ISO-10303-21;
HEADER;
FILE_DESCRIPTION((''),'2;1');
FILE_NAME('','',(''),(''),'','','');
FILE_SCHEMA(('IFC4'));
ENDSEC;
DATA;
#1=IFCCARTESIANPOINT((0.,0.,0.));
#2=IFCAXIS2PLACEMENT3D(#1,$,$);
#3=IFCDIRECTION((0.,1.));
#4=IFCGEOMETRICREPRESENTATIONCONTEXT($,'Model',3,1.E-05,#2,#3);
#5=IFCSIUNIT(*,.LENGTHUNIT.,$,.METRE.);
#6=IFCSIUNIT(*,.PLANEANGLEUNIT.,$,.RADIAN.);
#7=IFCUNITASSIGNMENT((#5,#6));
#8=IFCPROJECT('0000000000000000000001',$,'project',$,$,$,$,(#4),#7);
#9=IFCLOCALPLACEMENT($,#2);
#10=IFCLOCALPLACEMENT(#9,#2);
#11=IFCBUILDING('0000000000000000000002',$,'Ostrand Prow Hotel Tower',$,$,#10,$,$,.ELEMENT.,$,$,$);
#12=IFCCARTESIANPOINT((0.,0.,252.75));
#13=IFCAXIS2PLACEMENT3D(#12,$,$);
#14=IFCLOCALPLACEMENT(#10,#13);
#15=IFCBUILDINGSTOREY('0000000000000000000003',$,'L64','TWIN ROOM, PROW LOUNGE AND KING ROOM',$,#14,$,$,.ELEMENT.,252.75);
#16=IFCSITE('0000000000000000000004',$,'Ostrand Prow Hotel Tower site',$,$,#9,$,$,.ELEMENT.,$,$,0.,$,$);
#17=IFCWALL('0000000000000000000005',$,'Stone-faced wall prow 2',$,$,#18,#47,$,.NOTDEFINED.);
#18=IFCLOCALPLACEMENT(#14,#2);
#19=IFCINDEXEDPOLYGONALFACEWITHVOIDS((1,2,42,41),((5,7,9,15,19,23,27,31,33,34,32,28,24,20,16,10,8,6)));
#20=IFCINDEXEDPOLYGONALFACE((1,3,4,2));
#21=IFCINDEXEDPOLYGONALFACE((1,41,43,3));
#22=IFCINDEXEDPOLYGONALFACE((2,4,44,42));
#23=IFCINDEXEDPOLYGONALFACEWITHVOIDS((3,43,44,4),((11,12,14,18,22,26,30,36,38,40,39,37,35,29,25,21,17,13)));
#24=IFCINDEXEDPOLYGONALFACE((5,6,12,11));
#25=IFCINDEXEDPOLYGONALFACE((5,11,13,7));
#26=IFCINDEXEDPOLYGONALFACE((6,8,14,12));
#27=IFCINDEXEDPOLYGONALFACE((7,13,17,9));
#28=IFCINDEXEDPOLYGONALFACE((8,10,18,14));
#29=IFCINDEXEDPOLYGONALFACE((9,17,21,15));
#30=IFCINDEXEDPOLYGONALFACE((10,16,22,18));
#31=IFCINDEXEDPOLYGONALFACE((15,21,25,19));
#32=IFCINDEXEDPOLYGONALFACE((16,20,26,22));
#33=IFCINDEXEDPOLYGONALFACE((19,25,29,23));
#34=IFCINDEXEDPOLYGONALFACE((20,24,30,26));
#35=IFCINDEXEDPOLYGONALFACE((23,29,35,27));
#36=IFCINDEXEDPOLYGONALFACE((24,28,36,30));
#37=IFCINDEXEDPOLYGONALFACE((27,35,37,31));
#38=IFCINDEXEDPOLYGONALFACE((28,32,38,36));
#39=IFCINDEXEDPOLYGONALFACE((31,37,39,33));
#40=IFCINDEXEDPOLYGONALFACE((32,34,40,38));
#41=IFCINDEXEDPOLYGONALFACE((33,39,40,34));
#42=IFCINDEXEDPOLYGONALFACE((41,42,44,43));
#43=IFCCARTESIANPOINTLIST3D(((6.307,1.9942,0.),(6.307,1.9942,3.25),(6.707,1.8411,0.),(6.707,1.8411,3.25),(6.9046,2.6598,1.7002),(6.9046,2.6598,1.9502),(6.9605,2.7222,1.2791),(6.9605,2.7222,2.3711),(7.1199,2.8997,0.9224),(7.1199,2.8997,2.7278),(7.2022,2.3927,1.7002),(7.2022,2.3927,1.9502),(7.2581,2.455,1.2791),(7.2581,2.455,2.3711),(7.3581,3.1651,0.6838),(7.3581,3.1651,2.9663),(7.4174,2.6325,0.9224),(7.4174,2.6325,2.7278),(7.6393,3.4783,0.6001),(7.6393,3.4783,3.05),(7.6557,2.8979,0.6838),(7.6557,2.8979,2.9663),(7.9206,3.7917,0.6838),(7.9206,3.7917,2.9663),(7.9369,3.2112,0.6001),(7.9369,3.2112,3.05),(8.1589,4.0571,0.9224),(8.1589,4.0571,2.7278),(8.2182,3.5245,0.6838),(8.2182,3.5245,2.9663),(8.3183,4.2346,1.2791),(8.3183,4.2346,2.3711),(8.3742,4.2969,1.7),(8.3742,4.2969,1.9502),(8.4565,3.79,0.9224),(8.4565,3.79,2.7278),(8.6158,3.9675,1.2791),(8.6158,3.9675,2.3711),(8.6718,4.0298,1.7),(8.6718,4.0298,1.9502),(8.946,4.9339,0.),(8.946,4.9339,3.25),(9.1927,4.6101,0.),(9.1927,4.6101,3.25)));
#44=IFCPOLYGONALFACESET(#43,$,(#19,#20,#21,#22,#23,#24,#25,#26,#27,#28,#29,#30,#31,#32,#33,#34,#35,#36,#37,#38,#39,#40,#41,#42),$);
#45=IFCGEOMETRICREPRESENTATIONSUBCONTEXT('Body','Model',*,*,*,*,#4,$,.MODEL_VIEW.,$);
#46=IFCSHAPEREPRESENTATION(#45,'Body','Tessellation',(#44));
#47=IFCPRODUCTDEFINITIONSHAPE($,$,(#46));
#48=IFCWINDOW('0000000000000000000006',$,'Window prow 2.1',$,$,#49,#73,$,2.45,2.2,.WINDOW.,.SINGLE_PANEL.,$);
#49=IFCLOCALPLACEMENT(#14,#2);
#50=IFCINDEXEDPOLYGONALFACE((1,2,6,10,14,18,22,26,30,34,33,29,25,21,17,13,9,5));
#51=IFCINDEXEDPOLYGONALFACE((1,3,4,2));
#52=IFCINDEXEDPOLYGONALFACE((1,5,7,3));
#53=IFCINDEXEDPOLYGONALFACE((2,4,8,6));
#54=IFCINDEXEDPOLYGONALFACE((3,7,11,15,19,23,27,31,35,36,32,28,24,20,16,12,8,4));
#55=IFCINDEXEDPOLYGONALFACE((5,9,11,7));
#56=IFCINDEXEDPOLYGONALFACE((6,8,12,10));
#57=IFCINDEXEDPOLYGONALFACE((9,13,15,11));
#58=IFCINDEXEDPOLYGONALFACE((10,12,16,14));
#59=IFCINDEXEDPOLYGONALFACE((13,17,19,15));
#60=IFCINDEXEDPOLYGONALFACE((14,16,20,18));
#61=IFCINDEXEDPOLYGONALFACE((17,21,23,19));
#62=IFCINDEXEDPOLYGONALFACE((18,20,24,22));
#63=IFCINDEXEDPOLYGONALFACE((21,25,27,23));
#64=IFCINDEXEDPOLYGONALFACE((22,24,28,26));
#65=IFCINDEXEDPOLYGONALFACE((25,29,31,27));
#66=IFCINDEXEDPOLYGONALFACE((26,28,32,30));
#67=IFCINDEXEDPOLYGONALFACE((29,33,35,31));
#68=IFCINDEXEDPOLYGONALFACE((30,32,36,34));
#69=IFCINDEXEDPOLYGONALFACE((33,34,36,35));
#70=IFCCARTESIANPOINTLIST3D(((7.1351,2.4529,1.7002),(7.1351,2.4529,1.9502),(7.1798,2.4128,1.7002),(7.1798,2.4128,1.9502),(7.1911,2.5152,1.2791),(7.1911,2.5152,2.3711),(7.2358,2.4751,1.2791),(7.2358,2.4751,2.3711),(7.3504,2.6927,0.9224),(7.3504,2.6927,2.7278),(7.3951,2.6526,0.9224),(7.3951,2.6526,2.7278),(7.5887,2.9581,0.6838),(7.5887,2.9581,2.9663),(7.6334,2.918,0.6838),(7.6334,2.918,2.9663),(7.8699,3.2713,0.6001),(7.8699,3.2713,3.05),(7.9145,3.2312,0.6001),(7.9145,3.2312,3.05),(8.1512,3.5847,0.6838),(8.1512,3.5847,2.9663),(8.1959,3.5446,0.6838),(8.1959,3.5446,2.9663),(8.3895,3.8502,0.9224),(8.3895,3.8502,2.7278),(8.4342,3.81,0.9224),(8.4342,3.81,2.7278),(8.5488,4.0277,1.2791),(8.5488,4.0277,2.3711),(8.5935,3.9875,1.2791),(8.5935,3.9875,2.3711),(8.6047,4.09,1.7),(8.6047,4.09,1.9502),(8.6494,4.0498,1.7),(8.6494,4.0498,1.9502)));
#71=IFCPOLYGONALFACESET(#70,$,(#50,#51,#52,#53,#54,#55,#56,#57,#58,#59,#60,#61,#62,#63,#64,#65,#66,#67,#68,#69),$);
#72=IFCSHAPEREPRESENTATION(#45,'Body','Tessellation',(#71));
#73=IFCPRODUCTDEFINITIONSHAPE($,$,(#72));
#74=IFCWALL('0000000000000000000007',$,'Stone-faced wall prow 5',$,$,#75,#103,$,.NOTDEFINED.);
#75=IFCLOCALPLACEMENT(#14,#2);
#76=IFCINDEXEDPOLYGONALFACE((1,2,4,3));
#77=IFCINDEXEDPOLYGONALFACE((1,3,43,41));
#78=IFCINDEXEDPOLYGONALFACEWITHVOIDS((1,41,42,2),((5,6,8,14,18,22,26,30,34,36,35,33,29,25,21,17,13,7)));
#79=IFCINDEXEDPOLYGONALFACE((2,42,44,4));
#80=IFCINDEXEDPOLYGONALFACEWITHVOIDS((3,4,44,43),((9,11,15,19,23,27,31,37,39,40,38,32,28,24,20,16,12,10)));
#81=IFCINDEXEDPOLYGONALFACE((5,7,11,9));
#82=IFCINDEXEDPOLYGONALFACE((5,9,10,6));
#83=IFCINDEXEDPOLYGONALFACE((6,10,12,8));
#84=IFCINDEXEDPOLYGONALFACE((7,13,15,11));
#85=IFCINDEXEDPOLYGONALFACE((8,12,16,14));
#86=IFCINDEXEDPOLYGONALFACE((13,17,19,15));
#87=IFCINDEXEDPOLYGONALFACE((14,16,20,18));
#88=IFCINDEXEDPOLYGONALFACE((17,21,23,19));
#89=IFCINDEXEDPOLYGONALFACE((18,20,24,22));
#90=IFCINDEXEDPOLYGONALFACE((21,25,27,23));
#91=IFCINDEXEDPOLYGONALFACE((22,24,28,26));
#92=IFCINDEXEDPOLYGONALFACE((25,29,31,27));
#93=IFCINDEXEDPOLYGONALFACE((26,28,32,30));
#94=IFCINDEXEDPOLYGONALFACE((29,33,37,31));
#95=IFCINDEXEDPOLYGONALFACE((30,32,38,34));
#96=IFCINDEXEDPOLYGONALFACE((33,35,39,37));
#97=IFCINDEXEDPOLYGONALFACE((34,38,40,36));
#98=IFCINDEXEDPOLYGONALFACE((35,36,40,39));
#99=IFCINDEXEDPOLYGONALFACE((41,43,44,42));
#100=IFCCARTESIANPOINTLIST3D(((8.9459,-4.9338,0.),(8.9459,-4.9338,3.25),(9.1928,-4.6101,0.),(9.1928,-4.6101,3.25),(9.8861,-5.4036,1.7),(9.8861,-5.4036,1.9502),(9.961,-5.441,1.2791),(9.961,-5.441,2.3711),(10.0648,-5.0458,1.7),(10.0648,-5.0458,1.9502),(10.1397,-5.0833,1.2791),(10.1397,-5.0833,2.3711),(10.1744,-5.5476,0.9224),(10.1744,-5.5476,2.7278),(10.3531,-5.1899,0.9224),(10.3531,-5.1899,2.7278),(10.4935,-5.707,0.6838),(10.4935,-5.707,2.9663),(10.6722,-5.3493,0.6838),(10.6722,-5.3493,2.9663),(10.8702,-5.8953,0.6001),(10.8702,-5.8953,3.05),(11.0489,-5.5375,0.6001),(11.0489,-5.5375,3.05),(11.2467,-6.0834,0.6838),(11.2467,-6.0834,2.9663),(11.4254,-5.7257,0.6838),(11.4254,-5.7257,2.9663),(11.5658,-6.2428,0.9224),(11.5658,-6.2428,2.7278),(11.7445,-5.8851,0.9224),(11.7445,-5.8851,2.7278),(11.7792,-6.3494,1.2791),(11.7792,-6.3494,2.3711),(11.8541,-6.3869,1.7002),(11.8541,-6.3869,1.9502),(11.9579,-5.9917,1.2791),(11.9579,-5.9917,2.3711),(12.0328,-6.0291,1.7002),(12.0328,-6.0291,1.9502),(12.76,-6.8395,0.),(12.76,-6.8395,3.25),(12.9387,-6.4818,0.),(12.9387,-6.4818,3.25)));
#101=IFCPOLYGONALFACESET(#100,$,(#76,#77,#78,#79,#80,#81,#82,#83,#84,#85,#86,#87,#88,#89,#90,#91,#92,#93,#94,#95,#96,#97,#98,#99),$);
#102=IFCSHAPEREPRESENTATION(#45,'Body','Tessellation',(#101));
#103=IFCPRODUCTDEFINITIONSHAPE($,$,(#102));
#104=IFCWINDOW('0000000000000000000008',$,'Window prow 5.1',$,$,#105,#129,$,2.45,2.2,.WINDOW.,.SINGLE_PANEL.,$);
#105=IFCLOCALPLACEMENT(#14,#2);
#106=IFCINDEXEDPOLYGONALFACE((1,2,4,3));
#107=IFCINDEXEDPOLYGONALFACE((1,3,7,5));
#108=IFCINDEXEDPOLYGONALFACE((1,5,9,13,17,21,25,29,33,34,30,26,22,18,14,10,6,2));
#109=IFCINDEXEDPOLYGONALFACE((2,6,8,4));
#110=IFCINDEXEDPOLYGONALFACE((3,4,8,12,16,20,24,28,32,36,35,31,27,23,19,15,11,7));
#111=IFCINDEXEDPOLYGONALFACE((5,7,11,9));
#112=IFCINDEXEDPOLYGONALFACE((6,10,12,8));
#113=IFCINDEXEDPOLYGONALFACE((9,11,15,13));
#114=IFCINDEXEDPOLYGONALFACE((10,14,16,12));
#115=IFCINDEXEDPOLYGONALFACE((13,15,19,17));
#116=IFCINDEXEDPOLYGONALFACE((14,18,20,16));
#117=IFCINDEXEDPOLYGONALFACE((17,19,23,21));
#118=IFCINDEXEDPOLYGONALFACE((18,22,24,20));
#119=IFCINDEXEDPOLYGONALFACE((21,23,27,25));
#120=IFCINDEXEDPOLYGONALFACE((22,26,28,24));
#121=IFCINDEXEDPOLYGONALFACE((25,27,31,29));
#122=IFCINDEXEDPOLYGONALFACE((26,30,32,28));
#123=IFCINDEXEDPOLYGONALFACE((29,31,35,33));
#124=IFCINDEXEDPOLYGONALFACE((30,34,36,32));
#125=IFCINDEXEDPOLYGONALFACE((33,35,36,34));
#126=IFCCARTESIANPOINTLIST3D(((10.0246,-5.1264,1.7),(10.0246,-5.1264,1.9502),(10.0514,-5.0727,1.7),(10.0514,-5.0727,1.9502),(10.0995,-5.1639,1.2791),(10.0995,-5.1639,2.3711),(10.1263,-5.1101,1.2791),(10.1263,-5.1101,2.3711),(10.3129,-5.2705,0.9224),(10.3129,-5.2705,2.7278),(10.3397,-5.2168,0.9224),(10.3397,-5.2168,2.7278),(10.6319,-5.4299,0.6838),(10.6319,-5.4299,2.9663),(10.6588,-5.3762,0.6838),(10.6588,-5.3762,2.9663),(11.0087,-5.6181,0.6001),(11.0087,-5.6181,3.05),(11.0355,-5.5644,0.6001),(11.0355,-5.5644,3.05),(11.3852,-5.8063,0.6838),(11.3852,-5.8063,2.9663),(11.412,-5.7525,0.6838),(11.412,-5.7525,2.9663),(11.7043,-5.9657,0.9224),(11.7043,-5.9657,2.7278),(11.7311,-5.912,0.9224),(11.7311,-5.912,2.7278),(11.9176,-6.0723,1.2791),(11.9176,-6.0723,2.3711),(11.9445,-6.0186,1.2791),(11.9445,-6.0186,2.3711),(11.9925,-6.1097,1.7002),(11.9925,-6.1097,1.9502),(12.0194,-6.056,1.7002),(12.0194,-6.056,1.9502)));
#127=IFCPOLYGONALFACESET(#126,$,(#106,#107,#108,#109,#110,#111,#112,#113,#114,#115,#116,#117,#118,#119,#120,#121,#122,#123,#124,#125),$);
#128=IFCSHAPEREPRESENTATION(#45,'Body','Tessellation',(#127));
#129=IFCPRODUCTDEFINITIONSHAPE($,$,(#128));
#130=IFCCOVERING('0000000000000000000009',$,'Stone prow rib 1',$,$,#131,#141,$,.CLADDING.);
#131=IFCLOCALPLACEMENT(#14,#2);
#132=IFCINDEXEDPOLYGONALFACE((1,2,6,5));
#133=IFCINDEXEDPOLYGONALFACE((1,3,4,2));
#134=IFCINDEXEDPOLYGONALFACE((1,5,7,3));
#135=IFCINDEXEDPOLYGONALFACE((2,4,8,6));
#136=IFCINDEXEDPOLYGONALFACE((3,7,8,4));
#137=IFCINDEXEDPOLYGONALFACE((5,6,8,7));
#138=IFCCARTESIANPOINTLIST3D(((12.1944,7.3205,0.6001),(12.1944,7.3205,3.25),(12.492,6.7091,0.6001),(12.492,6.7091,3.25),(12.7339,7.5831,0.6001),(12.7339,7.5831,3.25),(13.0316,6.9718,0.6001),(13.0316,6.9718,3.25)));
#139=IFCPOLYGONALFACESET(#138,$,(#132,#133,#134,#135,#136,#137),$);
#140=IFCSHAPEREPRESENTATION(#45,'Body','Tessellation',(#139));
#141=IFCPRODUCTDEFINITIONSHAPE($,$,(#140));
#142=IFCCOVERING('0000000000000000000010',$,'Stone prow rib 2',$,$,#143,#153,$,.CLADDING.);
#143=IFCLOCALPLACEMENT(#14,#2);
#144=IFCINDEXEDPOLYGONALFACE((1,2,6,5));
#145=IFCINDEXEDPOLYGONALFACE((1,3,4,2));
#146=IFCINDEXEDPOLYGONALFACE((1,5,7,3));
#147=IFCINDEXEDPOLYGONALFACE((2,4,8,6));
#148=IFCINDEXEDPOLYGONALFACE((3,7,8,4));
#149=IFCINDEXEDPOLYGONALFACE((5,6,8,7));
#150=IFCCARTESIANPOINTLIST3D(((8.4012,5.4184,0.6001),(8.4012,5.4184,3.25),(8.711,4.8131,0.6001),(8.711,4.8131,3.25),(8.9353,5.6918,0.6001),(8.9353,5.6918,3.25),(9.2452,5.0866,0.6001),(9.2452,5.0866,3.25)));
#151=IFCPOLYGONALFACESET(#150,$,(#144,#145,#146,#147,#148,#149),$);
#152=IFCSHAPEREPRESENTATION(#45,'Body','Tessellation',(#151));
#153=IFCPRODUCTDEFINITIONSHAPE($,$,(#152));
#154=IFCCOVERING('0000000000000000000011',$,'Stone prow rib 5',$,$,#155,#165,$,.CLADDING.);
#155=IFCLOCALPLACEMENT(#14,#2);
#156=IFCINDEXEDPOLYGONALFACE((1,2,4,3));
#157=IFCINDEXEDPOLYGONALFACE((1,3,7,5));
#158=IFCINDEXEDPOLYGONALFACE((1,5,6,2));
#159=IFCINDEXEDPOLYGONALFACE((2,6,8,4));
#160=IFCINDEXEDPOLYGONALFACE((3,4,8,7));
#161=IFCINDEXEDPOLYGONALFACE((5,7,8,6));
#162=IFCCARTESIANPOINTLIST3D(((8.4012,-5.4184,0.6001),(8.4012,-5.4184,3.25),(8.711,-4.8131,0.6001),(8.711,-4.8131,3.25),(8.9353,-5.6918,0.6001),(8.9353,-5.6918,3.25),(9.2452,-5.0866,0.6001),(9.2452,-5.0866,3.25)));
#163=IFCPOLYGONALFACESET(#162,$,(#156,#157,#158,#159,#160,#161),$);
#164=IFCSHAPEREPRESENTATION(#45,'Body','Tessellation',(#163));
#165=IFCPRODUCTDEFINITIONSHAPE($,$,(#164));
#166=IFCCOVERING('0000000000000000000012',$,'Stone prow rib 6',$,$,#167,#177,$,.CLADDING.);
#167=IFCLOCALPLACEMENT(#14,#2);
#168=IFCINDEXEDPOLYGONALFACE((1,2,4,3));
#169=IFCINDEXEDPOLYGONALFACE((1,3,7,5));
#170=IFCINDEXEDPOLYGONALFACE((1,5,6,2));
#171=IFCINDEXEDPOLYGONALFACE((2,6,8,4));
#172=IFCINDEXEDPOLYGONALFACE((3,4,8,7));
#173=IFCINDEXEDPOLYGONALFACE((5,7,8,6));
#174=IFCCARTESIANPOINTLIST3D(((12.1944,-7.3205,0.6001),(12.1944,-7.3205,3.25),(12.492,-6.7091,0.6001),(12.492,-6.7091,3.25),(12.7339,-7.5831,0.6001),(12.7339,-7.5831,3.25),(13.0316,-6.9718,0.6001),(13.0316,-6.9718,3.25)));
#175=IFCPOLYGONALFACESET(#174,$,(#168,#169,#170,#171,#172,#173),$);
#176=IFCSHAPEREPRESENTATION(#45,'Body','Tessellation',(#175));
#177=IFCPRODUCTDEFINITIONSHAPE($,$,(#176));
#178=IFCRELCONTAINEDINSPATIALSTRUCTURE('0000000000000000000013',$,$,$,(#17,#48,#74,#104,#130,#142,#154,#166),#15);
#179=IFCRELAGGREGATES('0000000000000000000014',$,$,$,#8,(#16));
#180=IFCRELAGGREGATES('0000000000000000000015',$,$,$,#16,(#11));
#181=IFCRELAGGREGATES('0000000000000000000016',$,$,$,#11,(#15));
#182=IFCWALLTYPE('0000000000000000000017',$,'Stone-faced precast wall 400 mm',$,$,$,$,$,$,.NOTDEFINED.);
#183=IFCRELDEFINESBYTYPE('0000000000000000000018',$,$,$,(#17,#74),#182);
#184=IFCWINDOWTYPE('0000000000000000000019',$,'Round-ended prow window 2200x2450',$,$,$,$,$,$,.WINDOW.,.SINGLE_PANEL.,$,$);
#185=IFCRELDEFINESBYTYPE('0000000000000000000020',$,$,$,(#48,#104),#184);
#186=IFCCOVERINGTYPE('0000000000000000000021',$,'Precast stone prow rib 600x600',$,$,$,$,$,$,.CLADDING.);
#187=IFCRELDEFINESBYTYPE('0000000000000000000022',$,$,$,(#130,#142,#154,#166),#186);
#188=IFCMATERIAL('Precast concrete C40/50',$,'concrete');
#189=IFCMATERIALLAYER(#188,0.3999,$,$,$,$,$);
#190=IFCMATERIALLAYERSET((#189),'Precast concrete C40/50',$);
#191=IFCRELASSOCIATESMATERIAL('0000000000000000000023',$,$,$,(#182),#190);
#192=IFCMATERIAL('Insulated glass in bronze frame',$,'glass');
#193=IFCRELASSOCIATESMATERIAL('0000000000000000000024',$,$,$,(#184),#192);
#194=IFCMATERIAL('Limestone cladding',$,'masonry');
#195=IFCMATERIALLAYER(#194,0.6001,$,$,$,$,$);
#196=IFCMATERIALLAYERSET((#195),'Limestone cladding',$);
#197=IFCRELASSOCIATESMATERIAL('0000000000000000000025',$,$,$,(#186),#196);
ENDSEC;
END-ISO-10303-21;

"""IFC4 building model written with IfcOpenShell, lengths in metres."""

from ifc_helpers import new_model, si_unit, direction, frame, frame_2d, origin, place, context, subcontext, project, spatial, polyline, rectangle, outline, extrude, material, layer, layer_set, type_object, element, fill, save


model = new_model("IFC4")

# Units and contexts
model_context = context("Model", 3, precision=1e-05, world=origin(), true_north=direction((0.0, 1.0)))
body_context = subcontext(model_context, "Body", "Model", "MODEL_VIEW")
ifc_project = project(units=[si_unit("LENGTHUNIT", "METRE"), si_unit("PLANEANGLEUNIT", "RADIAN")], contexts=[model_context])

# Site, building, storey
site_placement = place(None, origin())
site = spatial("IfcSite", under=ifc_project, at=site_placement, Name="Ostrand Prow Hotel Tower site", CompositionType="ELEMENT", RefElevation=0.0)
building_placement = place(site_placement, origin())
building = spatial("IfcBuilding", under=site, at=building_placement, Name="Ostrand Prow Hotel Tower", CompositionType="ELEMENT")
storey_placement = place(building_placement, frame((0.0, 0.0, 252.75)))
storey = spatial("IfcBuildingStorey", under=building, at=storey_placement, Name="L64", Description="TWIN ROOM, PROW LOUNGE AND KING ROOM", CompositionType="ELEMENT", Elevation=252.75)

# Walls, openings, windows
ifc_material_1 = material(Name="Precast concrete C40/50", Category="concrete")
ifc_layer_1 = layer(ifc_material_1, 0.3999)
ifc_layer_set_1 = layer_set([ifc_layer_1], Name="Precast concrete C40/50")
wall_type_1 = type_object("IfcWallType", Name="Stone-faced precast wall 400 mm", PredefinedType="NOTDEFINED", material=ifc_layer_set_1)
ifc_material_2 = material(Name="Insulated glass in bronze frame", Category="glass")
window_type = type_object("IfcWindowType", Name="Round-ended prow window 2200x2450", PartitioningType="SINGLE_PANEL", PredefinedType="WINDOW", material=ifc_material_2)
wall_1_placement = place(storey_placement, frame((9.0693, 4.772, 0.0), z_axis=(0.0, 0.0, 1.0), x_axis=(-0.668018, -0.744145, 0.0)))
wall_1 = element("IfcWall", 1, at=wall_1_placement, inside=storey, type_object=wall_type_1, Name="Stone-faced wall prow 2", PredefinedType="NOTDEFINED", context=body_context, shape_type="SweptSolid", body=[
    extrude(outline(polyline([(-0.0381, -0.2), (3.9124, -0.2), (3.759, 0.2), (0.0381, 0.2), (-0.0381, -0.2)])), origin(), (0.0, 0.0, 1.0), 3.25),
])
opening_1_placement = place(wall_1_placement, frame((0.8179, 0.0, 0.6001)))
opening_1 = element("IfcOpeningElement", 2, at=opening_1_placement, cuts=wall_1, PredefinedType="OPENING", context=body_context, shape_type="SweptSolid", body=[
    extrude(outline(polyline([(0.0, 1.3501), (0.0837, 1.771), (0.3223, 2.1277), (0.679, 2.3662), (1.1001, 2.45), (1.521, 2.3662), (1.8777, 2.1277), (2.1162, 1.771), (2.2, 1.3501), (2.2, 1.1001), (2.1162, 0.679), (1.8777, 0.3223), (1.521, 0.0837), (1.1001, 0.0), (0.679, 0.0837), (0.3223, 0.3223), (0.0837, 0.679), (0.0, 1.0999), (0.0, 1.3501)])), frame((0.0, 0.21, 0.0), z_axis=(0.0, -1.0, 0.0), x_axis=(1.0, 0.0, 0.0)), (0.0, 0.0, 1.0), 0.4199),
])
window_1_placement = place(opening_1_placement, origin())
window_1 = element("IfcWindow", 3, at=window_1_placement, inside=storey, type_object=window_type, Name="Window prow 2.1", OverallHeight=2.45, OverallWidth=2.2, PartitioningType="SINGLE_PANEL", PredefinedType="WINDOW", context=body_context, shape_type="SweptSolid", body=[
    extrude(outline(polyline([(0.0, 1.3501), (0.0837, 1.771), (0.3223, 2.1277), (0.679, 2.3662), (1.1001, 2.45), (1.521, 2.3662), (1.8777, 2.1277), (2.1162, 1.771), (2.2, 1.3501), (2.2, 1.1001), (2.1162, 0.679), (1.8777, 0.3223), (1.521, 0.0837), (1.1001, 0.0), (0.679, 0.0837), (0.3223, 0.3223), (0.0837, 0.679), (0.0, 1.0999), (0.0, 1.3501)])), frame((0.0, 0.1699, 0.0), z_axis=(0.0, -1.0, 0.0), x_axis=(1.0, 0.0, 0.0)), (0.0, 0.0, 1.0), 0.0601),
])
fill(opening_1, window_1)
wall_2_placement = place(storey_placement, frame((9.0693, -4.772, 0.0), z_axis=(0.0, 0.0, 1.0), x_axis=(0.894554, -0.446959, 0.0)))
wall_2 = element("IfcWall", 4, at=wall_2_placement, inside=storey, type_object=wall_type_1, Name="Stone-faced wall prow 5", PredefinedType="NOTDEFINED", context=body_context, shape_type="SweptSolid", body=[
    extrude(outline(polyline([(-0.0381, -0.2), (4.2256, -0.2), (4.2256, 0.2), (0.0381, 0.2), (-0.0381, -0.2)])), origin(), (0.0, 0.0, 1.0), 3.25),
])
opening_2_placement = place(wall_2_placement, frame((1.0129, 0.0, 0.6001)))
opening_2 = element("IfcOpeningElement", 5, at=opening_2_placement, cuts=wall_2, PredefinedType="OPENING", context=body_context, shape_type="SweptSolid", body=[
    extrude(outline(polyline([(0.0, 1.3501), (0.0837, 1.771), (0.3223, 2.1277), (0.679, 2.3662), (1.1001, 2.45), (1.521, 2.3662), (1.8777, 2.1277), (2.1162, 1.771), (2.2, 1.3501), (2.2, 1.1001), (2.1162, 0.679), (1.8777, 0.3223), (1.521, 0.0837), (1.1001, 0.0), (0.679, 0.0837), (0.3223, 0.3223), (0.0837, 0.679), (0.0, 1.0999), (0.0, 1.3501)])), frame((0.0, 0.21, 0.0), z_axis=(0.0, -1.0, 0.0), x_axis=(1.0, 0.0, 0.0)), (0.0, 0.0, 1.0), 0.4199),
])
window_2_placement = place(opening_2_placement, origin())
window_2 = element("IfcWindow", 6, at=window_2_placement, inside=storey, type_object=window_type, Name="Window prow 5.1", OverallHeight=2.45, OverallWidth=2.2, PartitioningType="SINGLE_PANEL", PredefinedType="WINDOW", context=body_context, shape_type="SweptSolid", body=[
    extrude(outline(polyline([(0.0, 1.3501), (0.0837, 1.771), (0.3223, 2.1277), (0.679, 2.3662), (1.1001, 2.45), (1.521, 2.3662), (1.8777, 2.1277), (2.1162, 1.771), (2.2, 1.3501), (2.2, 1.1001), (2.1162, 0.679), (1.8777, 0.3223), (1.521, 0.0837), (1.1001, 0.0), (0.679, 0.0837), (0.3223, 0.3223), (0.0837, 0.679), (0.0, 1.0999), (0.0, 1.3501)])), frame((0.0, 0.1699, 0.0), z_axis=(0.0, -1.0, 0.0), x_axis=(1.0, 0.0, 0.0)), (0.0, 0.0, 1.0), 0.0601),
])
fill(opening_2, window_2)

# Coverings
ifc_material_3 = material(Name="Limestone cladding", Category="masonry")
ifc_layer_2 = layer(ifc_material_3, 0.6001)
ifc_layer_set_2 = layer_set([ifc_layer_2], Name="Limestone cladding")
covering_type = type_object("IfcCoveringType", Name="Precast stone prow rib 600x600", PredefinedType="CLADDING", material=ifc_layer_set_2)
for number, where, z_axis, x_axis, name in (
    (7, (12.7617, 6.8406, 0.6001), (0.0, 0.0, 1.0), (-0.437709, 0.899117, 0.0), "Stone prow rib 1"),
    (8, (8.978, 4.95, 0.6001), (0.0, 0.0, 1.0), (-0.455668, 0.89015, 0.0), "Stone prow rib 2"),
    (9, (8.978, -4.95, 0.6001), (0.0, 0.0, 1.0), (-0.455668, -0.89015, 0.0), "Stone prow rib 5"),
    (10, (12.7617, -6.8406, 0.6001), (0.0, 0.0, 1.0), (-0.437709, -0.899117, 0.0), "Stone prow rib 6"),
):
    element("IfcCovering", number, at=place(storey_placement, frame(where, z_axis=z_axis, x_axis=x_axis)), inside=storey, type_object=covering_type, Name=name, PredefinedType="CLADDING", context=body_context, shape_type="SweptSolid", body=[
        extrude(rectangle(XDim=0.6799, YDim=0.6001, at=frame_2d((0.3398, 0.0))), origin(), (0.0, 0.0, 1.0), 2.6499),
    ])

save(model, "model.ifc")
